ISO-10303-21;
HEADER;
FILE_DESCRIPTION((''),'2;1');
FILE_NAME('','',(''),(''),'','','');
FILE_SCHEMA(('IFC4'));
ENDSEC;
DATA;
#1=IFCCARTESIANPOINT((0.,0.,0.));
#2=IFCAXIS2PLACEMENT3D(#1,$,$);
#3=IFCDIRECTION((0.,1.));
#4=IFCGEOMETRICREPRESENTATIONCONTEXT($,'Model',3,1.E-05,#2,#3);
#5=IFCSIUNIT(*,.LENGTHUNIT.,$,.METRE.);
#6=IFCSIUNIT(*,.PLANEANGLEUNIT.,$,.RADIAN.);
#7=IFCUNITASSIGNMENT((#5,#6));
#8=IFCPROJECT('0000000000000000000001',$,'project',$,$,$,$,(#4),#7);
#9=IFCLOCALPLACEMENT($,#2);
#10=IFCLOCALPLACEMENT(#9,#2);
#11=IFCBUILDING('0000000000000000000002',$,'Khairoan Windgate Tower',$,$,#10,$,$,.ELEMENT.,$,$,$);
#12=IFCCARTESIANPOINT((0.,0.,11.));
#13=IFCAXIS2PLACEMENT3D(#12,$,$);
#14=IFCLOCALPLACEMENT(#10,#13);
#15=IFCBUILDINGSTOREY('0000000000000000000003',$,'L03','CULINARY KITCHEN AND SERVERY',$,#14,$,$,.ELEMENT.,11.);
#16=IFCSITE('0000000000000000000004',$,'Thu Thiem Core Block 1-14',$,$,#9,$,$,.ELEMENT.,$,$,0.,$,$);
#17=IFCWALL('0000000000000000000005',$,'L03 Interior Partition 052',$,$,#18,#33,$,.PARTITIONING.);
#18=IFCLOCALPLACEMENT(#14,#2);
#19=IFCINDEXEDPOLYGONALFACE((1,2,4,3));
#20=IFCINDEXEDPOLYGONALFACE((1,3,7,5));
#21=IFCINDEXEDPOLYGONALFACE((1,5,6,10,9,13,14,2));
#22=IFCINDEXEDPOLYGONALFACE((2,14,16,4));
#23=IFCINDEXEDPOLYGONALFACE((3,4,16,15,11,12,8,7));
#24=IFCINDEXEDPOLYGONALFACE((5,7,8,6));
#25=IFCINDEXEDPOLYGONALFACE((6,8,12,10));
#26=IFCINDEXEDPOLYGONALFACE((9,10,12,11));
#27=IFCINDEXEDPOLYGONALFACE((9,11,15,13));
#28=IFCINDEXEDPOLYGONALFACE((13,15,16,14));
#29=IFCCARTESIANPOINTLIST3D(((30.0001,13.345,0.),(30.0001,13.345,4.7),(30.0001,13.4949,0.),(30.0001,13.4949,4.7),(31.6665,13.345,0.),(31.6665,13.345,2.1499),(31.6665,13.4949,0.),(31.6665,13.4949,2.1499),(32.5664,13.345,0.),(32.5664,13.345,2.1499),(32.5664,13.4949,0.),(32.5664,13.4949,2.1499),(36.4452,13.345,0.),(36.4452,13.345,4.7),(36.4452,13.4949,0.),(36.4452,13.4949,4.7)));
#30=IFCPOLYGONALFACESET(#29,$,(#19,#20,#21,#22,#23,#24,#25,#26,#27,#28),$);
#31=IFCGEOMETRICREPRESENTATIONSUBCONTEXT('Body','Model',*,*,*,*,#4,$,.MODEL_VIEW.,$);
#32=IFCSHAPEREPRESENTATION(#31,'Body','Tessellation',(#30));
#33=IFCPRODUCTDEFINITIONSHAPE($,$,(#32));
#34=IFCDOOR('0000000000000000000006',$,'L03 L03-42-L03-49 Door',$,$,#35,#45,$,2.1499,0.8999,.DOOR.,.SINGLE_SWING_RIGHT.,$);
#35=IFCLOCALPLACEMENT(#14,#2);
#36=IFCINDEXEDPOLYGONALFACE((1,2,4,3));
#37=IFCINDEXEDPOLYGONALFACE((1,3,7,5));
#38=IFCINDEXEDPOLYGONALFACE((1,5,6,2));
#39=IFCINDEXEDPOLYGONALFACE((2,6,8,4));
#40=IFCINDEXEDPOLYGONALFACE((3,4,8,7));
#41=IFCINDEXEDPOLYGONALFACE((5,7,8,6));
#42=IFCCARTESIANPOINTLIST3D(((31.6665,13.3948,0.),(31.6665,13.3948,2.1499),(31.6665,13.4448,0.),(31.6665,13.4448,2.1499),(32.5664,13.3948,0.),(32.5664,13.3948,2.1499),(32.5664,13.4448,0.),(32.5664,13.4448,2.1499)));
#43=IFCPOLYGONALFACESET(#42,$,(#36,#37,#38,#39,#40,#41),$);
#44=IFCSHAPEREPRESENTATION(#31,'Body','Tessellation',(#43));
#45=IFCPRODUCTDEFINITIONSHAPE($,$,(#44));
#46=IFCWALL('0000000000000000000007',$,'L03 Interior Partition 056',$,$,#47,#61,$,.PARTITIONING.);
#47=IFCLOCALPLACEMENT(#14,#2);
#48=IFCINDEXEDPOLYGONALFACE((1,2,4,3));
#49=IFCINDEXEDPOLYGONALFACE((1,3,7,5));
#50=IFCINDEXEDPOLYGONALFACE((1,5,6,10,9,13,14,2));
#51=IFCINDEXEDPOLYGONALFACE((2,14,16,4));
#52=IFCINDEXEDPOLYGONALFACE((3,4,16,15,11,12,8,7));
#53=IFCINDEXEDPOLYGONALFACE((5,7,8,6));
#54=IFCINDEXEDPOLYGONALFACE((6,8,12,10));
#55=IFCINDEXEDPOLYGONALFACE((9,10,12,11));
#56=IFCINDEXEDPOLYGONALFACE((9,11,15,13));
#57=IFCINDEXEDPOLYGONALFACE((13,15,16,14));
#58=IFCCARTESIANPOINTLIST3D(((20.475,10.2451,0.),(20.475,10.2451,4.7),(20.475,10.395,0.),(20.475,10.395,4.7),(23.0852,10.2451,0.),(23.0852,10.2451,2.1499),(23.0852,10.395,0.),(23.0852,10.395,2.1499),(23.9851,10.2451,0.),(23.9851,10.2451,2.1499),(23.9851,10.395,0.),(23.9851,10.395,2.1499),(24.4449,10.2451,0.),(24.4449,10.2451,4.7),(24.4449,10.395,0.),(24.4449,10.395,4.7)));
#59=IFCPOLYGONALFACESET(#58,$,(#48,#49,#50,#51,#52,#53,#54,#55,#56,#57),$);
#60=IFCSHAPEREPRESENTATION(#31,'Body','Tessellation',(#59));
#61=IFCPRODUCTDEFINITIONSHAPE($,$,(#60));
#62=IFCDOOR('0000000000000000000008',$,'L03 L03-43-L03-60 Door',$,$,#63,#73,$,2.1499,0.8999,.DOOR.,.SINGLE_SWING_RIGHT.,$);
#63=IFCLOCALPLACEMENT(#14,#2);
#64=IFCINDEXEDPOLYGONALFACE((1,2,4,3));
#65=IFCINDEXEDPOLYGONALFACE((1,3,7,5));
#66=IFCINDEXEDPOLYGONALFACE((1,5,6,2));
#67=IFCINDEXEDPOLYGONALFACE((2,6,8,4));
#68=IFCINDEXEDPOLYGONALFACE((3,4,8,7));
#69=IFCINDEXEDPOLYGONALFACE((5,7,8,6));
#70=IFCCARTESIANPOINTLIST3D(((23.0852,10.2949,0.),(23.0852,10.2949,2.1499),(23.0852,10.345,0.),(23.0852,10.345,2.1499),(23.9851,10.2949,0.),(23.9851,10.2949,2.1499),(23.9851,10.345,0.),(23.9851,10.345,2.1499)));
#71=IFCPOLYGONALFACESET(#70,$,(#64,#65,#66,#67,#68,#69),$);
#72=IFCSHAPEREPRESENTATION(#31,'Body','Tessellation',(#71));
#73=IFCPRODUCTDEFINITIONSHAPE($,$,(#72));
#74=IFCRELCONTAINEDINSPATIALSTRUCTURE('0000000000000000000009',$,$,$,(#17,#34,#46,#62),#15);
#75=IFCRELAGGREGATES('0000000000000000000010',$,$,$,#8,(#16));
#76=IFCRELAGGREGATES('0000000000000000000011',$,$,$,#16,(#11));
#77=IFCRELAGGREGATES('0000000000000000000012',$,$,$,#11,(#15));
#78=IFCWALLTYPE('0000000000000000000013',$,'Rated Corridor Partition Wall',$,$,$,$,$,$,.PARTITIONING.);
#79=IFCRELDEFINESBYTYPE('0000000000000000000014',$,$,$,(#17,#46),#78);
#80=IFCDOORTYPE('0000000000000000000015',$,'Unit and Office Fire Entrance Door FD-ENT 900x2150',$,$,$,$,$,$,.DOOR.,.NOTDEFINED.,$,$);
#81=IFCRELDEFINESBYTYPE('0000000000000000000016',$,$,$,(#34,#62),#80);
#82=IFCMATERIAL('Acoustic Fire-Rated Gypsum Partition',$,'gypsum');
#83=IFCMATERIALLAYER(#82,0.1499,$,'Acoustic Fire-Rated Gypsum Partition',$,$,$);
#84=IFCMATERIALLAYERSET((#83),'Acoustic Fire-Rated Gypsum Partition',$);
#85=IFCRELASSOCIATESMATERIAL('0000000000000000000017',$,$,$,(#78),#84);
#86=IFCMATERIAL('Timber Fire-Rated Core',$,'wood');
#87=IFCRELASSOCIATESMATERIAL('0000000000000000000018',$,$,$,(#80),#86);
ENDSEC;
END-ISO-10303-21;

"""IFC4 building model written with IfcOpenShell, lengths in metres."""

from ifc_helpers import new_model, si_unit, direction, frame, frame_2d, origin, place, context, subcontext, project, spatial, rectangle, extrude, material, layer, layer_set, type_object, element, fill, save


model = new_model("IFC4")

# Units and contexts
model_context = context("Model", 3, precision=1e-05, world=origin(), true_north=direction((0.0, 1.0)))
body_context = subcontext(model_context, "Body", "Model", "MODEL_VIEW")
ifc_project = project(units=[si_unit("LENGTHUNIT", "METRE"), si_unit("PLANEANGLEUNIT", "RADIAN")], contexts=[model_context])

# Site, building, storey
site_placement = place(None, origin())
site = spatial("IfcSite", under=ifc_project, at=site_placement, Name="Thu Thiem Core Block 1-14", CompositionType="ELEMENT", RefElevation=0.0)
building_placement = place(site_placement, origin())
building = spatial("IfcBuilding", under=site, at=building_placement, Name="Khairoan Windgate Tower", CompositionType="ELEMENT")
storey_placement = place(building_placement, frame((0.0, 0.0, 11.0)))
storey = spatial("IfcBuildingStorey", under=building, at=storey_placement, Name="L03", Description="CULINARY KITCHEN AND SERVERY", CompositionType="ELEMENT", Elevation=11.0)

# Walls, openings, doors
ifc_material_1 = material(Name="Acoustic Fire-Rated Gypsum Partition", Category="gypsum")
ifc_layer_1 = layer(ifc_material_1, 0.1499, Name="Acoustic Fire-Rated Gypsum Partition")
ifc_layer_set_1 = layer_set([ifc_layer_1], Name="Acoustic Fire-Rated Gypsum Partition")
wall_type_1 = type_object("IfcWallType", Name="Rated Corridor Partition Wall", PredefinedType="PARTITIONING", material=ifc_layer_set_1)
ifc_material_2 = material(Name="Timber Fire-Rated Core", Category="wood")
door_type = type_object("IfcDoorType", Name="Unit and Office Fire Entrance Door FD-ENT 900x2150", OperationType="NOTDEFINED", PredefinedType="DOOR", material=ifc_material_2)
wall_1_placement = place(storey_placement, frame((30.0, 13.4199, 0.0), z_axis=(0.0, 0.0, 1.0), x_axis=(1.0, 0.0, 0.0)))
wall_1 = element("IfcWall", 1, at=wall_1_placement, inside=storey, type_object=wall_type_1, Name="L03 Interior Partition 052", PredefinedType="PARTITIONING", context=body_context, shape_type="SweptSolid", body=[
    extrude(rectangle(XDim=6.4451, YDim=0.1499, at=frame_2d((3.2227, 0.0))), origin(), (0.0, 0.0, 1.0), 4.7),
])
opening_1_placement = place(wall_1_placement, frame((1.6665, 0.0, 0.0)))
opening_1 = element("IfcOpeningElement", 2, at=opening_1_placement, cuts=wall_1, PredefinedType="OPENING", context=body_context, shape_type="SweptSolid", body=[
    extrude(rectangle(XDim=0.8999, YDim=2.1499, at=frame_2d((0.45, 1.075))), frame((0.0, 0.085, 0.0), z_axis=(0.0, -1.0, 0.0), x_axis=(1.0, 0.0, 0.0)), (0.0, 0.0, 1.0), 0.1699),
])
door_1_placement = place(opening_1_placement, origin())
door_1 = element("IfcDoor", 3, at=door_1_placement, inside=storey, type_object=door_type, Name="L03 L03-42-L03-49 Door", OperationType="SINGLE_SWING_RIGHT", OverallHeight=2.1499, OverallWidth=0.8999, PredefinedType="DOOR", context=body_context, shape_type="SweptSolid", body=[
    extrude(rectangle(XDim=0.8999, YDim=2.1499, at=frame_2d((0.45, 1.075))), frame((0.0, 0.0249, 0.0), z_axis=(0.0, -1.0, 0.0), x_axis=(1.0, 0.0, 0.0)), (0.0, 0.0, 1.0), 0.05),
])
fill(opening_1, door_1)
wall_2_placement = place(storey_placement, frame((20.4751, 10.3201, 0.0), z_axis=(0.0, 0.0, 1.0), x_axis=(1.0, 0.0, 0.0)))
wall_2 = element("IfcWall", 4, at=wall_2_placement, inside=storey, type_object=wall_type_1, Name="L03 Interior Partition 056", PredefinedType="PARTITIONING", context=body_context, shape_type="SweptSolid", body=[
    extrude(rectangle(XDim=3.97, YDim=0.1499, at=frame_2d((1.9849, 0.0))), origin(), (0.0, 0.0, 1.0), 4.7),
])
opening_2_placement = place(wall_2_placement, frame((2.6101, 0.0, 0.0)))
opening_2 = element("IfcOpeningElement", 5, at=opening_2_placement, cuts=wall_2, PredefinedType="OPENING", context=body_context, shape_type="SweptSolid", body=[
    extrude(rectangle(XDim=0.8999, YDim=2.1499, at=frame_2d((0.45, 1.075))), frame((0.0, 0.085, 0.0), z_axis=(0.0, -1.0, 0.0), x_axis=(1.0, 0.0, 0.0)), (0.0, 0.0, 1.0), 0.1699),
])
door_2_placement = place(opening_2_placement, origin())
door_2 = element("IfcDoor", 6, at=door_2_placement, inside=storey, type_object=door_type, Name="L03 L03-43-L03-60 Door", OperationType="SINGLE_SWING_RIGHT", OverallHeight=2.1499, OverallWidth=0.8999, PredefinedType="DOOR", context=body_context, shape_type="SweptSolid", body=[
    extrude(rectangle(XDim=0.8999, YDim=2.1499, at=frame_2d((0.45, 1.075))), frame((0.0, 0.0249, 0.0), z_axis=(0.0, -1.0, 0.0), x_axis=(1.0, 0.0, 0.0)), (0.0, 0.0, 1.0), 0.05),
])
fill(opening_2, door_2)

save(model, "model.ifc")
